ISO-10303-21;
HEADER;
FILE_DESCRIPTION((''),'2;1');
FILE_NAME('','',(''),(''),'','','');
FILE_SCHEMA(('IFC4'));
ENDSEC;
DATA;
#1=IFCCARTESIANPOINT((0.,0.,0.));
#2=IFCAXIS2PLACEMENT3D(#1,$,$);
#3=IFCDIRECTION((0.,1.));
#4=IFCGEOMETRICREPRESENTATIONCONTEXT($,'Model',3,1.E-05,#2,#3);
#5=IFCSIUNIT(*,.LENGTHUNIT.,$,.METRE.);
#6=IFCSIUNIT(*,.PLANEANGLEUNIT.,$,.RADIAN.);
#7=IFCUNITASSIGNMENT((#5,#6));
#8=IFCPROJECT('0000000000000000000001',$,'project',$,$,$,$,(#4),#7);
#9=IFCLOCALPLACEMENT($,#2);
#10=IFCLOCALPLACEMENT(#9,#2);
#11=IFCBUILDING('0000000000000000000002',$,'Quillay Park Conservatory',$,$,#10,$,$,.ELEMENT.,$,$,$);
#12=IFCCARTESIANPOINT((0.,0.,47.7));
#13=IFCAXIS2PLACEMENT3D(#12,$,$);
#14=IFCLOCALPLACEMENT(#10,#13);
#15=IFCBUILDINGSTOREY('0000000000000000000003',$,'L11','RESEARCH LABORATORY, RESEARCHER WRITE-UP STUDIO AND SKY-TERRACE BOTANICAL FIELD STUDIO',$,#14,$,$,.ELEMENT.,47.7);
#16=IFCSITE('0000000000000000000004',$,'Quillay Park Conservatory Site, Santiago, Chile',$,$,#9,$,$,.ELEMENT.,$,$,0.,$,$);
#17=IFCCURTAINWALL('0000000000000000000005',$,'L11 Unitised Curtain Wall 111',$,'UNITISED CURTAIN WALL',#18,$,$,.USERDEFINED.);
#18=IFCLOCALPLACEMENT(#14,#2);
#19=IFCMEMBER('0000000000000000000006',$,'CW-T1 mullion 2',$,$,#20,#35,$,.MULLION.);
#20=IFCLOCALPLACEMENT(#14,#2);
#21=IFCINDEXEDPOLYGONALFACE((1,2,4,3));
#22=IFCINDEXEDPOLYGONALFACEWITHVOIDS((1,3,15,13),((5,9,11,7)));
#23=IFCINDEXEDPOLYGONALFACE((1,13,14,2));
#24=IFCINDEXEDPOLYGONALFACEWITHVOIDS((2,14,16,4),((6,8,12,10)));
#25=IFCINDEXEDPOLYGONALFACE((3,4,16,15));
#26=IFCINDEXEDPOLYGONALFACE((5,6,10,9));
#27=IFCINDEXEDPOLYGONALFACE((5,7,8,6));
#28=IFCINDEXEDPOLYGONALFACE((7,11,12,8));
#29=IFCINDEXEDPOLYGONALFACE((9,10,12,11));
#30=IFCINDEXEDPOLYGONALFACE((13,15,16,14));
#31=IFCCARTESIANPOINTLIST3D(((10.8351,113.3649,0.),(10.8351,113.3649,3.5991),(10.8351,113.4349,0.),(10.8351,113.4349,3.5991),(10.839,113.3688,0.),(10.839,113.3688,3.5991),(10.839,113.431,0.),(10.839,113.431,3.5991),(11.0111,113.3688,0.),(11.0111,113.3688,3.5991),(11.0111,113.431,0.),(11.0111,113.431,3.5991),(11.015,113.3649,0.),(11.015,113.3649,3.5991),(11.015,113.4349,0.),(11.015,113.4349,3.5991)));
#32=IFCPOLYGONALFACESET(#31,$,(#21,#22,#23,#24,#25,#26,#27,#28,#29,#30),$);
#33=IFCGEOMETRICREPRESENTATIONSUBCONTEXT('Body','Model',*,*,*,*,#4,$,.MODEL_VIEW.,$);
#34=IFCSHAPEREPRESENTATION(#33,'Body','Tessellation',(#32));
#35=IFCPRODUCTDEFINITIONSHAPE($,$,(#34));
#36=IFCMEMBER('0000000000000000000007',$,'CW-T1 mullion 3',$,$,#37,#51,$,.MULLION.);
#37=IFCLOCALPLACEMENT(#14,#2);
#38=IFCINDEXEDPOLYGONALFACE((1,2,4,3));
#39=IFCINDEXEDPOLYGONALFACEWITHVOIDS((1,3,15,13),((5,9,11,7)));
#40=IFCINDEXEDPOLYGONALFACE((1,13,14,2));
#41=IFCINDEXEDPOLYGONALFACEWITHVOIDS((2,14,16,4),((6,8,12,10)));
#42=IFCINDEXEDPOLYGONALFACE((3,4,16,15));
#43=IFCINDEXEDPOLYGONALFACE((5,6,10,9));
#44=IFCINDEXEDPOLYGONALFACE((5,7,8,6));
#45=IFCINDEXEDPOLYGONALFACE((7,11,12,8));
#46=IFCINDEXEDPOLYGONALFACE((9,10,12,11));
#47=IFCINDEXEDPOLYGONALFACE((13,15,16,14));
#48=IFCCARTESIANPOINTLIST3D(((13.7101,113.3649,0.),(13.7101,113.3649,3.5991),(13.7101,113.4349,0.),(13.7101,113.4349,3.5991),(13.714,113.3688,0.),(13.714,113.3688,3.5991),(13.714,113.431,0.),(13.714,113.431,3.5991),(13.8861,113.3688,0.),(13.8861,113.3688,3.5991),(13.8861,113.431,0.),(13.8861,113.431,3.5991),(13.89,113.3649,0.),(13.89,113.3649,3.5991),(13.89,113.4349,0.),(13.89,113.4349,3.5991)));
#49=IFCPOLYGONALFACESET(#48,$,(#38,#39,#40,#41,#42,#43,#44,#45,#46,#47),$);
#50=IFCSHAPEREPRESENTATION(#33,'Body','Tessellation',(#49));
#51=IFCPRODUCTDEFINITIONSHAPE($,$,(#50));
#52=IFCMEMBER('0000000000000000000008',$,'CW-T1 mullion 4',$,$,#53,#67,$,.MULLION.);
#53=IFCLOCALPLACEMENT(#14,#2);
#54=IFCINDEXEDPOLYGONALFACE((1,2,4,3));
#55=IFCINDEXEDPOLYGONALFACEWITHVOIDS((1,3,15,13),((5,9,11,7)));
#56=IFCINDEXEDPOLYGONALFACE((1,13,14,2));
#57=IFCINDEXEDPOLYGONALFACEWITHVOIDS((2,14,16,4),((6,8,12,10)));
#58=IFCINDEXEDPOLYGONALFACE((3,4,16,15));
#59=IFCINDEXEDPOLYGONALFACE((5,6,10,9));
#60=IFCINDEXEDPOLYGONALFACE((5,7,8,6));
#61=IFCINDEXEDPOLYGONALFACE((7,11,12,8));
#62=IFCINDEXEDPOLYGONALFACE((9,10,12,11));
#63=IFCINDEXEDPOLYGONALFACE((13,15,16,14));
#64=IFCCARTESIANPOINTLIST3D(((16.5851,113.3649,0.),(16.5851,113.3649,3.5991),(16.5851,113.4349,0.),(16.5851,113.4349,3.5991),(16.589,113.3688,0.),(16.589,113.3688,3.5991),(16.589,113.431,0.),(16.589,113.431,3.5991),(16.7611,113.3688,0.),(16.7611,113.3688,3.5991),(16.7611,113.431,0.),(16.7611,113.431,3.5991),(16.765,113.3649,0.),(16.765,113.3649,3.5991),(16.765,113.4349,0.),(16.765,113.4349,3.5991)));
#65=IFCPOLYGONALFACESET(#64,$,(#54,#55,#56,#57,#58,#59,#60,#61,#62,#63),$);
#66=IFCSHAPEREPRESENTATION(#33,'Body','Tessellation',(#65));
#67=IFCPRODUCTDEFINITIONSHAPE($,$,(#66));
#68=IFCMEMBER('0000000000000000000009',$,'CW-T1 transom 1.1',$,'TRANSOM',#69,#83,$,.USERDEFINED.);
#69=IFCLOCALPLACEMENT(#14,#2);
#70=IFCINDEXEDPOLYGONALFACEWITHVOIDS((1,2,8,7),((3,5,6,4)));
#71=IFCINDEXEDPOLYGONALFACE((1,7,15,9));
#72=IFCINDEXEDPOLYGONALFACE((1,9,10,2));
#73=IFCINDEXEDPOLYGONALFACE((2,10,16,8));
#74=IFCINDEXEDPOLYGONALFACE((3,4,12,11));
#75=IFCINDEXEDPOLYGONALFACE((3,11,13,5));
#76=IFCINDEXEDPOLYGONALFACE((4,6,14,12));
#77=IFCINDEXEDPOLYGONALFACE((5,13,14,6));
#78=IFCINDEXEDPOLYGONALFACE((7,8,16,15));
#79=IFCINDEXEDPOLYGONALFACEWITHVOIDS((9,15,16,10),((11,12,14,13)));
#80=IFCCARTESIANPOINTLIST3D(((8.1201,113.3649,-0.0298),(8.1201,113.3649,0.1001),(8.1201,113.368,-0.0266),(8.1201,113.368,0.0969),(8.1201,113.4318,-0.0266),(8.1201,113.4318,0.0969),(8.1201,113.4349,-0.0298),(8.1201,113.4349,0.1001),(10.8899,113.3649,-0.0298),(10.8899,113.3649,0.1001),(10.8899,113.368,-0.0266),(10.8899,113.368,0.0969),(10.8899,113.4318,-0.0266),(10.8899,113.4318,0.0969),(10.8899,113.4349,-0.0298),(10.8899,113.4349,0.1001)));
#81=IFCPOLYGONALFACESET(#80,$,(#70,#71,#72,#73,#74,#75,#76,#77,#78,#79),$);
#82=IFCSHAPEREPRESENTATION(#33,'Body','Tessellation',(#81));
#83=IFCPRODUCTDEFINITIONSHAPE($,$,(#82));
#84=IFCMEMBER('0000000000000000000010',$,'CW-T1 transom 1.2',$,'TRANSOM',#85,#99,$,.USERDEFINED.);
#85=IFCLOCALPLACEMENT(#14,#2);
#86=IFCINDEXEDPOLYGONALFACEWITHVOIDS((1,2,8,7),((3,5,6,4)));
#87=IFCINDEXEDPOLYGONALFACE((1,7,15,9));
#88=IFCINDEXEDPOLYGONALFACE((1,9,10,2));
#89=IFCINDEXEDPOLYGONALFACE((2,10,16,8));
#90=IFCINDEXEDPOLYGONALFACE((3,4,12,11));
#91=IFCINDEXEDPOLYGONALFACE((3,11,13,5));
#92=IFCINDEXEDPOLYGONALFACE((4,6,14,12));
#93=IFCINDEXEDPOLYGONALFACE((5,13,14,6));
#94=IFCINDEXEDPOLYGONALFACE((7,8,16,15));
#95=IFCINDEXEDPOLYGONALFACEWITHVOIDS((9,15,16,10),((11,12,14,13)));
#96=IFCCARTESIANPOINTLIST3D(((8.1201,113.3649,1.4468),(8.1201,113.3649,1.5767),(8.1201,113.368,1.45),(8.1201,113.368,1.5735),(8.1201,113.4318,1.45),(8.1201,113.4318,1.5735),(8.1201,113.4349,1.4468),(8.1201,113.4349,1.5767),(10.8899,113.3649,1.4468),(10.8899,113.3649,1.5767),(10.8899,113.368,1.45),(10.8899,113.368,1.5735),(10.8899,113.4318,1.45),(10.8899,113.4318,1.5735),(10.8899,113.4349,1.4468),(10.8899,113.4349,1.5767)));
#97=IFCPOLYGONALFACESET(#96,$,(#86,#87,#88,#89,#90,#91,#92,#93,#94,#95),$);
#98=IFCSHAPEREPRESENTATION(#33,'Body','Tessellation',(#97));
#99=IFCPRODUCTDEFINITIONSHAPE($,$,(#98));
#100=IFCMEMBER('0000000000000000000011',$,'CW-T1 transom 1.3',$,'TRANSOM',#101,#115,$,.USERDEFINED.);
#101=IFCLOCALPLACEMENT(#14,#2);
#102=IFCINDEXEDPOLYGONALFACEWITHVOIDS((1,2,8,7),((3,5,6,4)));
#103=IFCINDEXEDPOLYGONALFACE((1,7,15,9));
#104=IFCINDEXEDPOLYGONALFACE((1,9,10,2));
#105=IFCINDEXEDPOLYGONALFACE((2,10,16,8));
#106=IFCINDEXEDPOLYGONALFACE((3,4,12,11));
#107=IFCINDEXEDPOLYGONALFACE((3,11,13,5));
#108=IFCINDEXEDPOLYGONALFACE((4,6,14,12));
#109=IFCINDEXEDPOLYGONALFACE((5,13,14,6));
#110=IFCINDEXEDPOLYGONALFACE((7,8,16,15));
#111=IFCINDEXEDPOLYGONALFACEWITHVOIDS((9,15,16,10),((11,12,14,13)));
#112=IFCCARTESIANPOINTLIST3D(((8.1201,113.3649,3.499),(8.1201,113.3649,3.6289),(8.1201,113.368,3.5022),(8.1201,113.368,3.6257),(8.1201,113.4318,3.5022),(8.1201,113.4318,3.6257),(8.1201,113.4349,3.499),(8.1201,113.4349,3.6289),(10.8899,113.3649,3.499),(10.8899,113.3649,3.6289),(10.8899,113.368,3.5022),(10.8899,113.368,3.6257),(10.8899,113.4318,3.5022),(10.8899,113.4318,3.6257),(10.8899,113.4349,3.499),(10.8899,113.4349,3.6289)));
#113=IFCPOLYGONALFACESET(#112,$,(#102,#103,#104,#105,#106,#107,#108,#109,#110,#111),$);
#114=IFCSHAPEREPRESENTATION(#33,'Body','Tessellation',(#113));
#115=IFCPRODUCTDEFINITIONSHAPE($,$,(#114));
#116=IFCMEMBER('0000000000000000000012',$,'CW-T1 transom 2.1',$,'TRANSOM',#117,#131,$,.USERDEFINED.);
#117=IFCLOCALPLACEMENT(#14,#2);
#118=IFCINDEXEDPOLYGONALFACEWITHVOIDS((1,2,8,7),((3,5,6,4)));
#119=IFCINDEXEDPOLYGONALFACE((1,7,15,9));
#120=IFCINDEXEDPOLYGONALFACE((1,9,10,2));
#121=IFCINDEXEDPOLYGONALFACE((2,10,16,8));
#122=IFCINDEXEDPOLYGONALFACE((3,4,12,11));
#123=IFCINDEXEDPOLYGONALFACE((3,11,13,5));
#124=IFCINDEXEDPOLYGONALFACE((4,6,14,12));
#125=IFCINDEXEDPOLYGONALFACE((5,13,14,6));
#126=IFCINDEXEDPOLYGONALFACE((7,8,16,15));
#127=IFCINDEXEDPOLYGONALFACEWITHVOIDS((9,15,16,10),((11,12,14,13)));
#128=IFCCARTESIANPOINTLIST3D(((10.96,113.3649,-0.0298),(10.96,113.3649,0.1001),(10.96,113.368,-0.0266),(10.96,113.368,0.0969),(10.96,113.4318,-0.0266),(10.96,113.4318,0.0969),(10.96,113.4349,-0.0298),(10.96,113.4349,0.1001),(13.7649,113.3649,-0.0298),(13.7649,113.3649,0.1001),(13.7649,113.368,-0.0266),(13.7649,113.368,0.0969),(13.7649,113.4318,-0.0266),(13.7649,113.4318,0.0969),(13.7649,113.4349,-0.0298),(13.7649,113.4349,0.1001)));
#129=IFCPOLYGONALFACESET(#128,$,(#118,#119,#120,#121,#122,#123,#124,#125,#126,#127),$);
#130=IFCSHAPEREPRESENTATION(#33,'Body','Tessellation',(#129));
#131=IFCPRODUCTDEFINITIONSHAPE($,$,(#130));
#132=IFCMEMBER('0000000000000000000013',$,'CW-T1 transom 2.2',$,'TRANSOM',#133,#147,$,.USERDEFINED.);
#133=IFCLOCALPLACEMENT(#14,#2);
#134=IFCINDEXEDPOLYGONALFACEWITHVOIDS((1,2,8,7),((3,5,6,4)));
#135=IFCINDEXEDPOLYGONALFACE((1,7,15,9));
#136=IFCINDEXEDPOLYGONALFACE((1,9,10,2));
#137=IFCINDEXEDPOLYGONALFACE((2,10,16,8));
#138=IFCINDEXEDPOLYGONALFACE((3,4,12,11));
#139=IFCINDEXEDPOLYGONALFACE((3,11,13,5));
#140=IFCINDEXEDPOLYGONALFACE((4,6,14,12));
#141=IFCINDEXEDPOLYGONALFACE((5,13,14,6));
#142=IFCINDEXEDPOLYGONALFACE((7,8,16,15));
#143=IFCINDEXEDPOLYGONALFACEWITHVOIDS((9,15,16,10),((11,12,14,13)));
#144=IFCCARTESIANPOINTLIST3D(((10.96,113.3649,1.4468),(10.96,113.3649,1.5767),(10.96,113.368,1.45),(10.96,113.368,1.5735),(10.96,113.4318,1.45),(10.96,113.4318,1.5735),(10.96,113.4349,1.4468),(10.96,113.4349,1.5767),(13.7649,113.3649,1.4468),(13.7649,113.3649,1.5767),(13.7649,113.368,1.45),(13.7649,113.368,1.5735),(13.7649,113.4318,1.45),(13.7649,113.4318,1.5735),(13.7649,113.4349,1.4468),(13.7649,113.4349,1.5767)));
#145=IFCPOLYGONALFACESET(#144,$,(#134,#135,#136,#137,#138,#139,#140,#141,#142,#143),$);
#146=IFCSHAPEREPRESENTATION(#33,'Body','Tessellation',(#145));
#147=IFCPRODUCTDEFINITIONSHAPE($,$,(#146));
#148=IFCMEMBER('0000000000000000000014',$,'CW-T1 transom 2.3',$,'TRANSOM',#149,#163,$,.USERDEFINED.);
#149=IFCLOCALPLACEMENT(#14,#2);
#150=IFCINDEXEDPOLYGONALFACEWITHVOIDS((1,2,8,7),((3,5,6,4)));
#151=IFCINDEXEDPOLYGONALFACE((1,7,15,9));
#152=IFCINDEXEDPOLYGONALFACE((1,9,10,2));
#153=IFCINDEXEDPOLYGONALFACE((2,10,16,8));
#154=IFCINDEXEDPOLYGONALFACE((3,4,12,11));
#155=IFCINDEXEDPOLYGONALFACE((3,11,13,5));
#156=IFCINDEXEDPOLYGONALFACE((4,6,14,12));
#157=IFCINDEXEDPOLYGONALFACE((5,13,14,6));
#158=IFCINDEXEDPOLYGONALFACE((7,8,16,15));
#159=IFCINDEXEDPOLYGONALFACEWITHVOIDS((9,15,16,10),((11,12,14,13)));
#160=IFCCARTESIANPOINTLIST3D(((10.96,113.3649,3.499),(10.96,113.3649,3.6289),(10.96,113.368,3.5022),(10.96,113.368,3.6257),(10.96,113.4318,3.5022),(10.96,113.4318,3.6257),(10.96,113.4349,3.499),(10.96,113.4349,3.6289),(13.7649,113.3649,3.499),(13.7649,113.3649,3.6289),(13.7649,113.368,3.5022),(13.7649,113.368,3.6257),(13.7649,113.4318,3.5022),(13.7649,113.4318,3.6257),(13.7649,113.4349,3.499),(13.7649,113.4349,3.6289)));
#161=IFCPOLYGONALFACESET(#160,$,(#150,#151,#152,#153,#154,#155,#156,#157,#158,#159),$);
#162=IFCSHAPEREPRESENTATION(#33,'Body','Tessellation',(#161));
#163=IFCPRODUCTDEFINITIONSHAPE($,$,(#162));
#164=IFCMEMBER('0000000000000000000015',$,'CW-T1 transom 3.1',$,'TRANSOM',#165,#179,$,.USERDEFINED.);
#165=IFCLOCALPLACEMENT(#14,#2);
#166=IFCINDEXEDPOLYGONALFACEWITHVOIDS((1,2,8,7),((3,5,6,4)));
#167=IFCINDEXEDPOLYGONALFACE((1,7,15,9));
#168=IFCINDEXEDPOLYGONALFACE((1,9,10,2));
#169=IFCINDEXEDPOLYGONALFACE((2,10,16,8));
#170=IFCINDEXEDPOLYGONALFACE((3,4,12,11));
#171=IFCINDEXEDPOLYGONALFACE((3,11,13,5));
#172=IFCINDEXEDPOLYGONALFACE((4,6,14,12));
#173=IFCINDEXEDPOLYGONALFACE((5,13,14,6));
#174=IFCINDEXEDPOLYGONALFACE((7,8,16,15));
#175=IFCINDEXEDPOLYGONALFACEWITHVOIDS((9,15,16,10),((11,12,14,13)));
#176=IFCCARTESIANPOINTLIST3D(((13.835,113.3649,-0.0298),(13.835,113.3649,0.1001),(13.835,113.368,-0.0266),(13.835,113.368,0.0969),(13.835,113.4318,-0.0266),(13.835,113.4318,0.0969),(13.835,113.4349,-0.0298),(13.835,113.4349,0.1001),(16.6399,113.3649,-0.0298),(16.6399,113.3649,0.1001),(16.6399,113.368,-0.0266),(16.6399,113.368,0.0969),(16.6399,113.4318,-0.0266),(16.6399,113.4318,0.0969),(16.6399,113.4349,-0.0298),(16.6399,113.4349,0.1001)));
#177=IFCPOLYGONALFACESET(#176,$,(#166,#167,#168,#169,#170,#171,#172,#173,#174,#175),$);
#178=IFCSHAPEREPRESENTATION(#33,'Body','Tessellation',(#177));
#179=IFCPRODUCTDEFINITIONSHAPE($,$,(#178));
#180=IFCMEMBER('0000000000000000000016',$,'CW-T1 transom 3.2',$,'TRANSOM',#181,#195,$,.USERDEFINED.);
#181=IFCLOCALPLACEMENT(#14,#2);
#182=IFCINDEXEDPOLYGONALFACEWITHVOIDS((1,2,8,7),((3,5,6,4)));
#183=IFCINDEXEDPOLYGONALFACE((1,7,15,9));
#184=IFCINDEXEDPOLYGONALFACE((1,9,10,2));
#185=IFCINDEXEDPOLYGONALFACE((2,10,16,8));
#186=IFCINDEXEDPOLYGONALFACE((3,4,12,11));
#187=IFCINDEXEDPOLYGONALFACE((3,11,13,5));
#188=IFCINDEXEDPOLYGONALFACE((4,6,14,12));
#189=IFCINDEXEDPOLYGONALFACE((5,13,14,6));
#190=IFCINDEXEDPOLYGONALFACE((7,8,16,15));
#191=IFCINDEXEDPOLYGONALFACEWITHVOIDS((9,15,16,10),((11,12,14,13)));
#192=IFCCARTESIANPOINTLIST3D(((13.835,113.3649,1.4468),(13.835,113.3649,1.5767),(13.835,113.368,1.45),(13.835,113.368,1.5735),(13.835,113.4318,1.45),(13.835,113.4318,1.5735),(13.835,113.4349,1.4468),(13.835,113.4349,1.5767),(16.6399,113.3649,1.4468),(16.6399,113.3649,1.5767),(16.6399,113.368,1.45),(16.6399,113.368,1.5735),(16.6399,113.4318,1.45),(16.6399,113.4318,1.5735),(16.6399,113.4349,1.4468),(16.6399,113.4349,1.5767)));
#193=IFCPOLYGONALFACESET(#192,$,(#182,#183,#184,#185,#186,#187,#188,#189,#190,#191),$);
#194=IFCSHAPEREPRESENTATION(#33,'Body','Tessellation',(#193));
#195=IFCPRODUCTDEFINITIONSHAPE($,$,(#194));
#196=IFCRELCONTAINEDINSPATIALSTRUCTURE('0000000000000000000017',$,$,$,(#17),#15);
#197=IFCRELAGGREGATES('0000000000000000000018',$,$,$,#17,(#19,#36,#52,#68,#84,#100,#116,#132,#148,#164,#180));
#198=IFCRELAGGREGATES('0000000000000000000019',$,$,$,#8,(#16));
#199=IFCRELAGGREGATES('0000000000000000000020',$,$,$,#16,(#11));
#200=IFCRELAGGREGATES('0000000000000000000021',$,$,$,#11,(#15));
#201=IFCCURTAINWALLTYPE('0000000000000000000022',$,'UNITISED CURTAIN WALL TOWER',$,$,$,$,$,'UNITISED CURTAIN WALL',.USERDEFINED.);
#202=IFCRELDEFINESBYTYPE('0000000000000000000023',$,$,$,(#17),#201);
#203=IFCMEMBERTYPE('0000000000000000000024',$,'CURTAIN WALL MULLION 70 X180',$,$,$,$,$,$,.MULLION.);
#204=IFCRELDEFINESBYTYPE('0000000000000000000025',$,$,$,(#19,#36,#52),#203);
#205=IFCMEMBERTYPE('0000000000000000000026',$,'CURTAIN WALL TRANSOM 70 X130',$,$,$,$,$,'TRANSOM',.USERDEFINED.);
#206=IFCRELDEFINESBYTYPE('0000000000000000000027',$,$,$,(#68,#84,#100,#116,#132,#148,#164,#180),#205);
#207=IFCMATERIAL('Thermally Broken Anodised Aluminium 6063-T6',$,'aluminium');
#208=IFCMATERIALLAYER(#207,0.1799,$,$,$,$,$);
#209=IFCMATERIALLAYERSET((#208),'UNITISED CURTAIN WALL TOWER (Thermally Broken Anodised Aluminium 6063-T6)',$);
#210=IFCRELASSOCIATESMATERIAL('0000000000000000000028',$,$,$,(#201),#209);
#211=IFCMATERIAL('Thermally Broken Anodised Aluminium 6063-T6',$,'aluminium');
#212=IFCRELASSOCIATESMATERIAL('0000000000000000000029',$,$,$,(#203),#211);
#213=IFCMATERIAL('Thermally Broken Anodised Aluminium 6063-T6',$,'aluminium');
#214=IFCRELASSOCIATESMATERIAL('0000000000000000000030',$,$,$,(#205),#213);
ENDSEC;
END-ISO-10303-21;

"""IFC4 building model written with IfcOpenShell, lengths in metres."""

from ifc_helpers import new_model, si_unit, direction, frame, origin, origin_2d, place, context, subcontext, project, spatial, hollow_rectangle, extrude, material, layer, layer_set, material_profile, profile_set, type_object, element, aggregate, save


model = new_model("IFC4")

# Units and contexts
model_context = context("Model", 3, precision=1e-05, world=origin(), true_north=direction((0.0, 1.0)))
body_context = subcontext(model_context, "Body", "Model", "MODEL_VIEW")
ifc_project = project(units=[si_unit("LENGTHUNIT", "METRE"), si_unit("PLANEANGLEUNIT", "RADIAN")], contexts=[model_context])

# Site, building, storey
site_placement = place(None, origin())
site = spatial("IfcSite", under=ifc_project, at=site_placement, Name="Quillay Park Conservatory Site, Santiago, Chile", CompositionType="ELEMENT", RefElevation=0.0)
building_placement = place(site_placement, origin())
building = spatial("IfcBuilding", under=site, at=building_placement, Name="Quillay Park Conservatory", CompositionType="ELEMENT")
storey_placement = place(building_placement, frame((0.0, 0.0, 47.7)))
storey = spatial("IfcBuildingStorey", under=building, at=storey_placement, Name="L11", Description="RESEARCH LABORATORY, RESEARCHER WRITE-UP STUDIO AND SKY-TERRACE BOTANICAL FIELD STUDIO", CompositionType="ELEMENT", Elevation=47.7)

# Curtain wall, members
ifc_material_1 = material(Name="Thermally Broken Anodised Aluminium 6063-T6", Category="aluminium")
ifc_layer_1 = layer(ifc_material_1, 0.1799)
ifc_layer_set_1 = layer_set([ifc_layer_1], Name="UNITISED CURTAIN WALL TOWER (Thermally Broken Anodised Aluminium 6063-T6)")
curtain_wall_type = type_object("IfcCurtainWallType", Name="UNITISED CURTAIN WALL TOWER", ElementType="UNITISED CURTAIN WALL", PredefinedType="USERDEFINED", material=ifc_layer_set_1)
curtain_wall_placement = place(storey_placement, origin())
curtain_wall = element("IfcCurtainWall", 1, at=curtain_wall_placement, inside=storey, type_object=curtain_wall_type, Name="L11 Unitised Curtain Wall 111", ObjectType="UNITISED CURTAIN WALL", PredefinedType="USERDEFINED")
ifc_material_2 = material(Name="Thermally Broken Anodised Aluminium 6063-T6", Category="aluminium")
ifc_material_profile_1 = material_profile(ifc_material_2, hollow_rectangle(XDim=0.0701, YDim=0.1799, WallThickness=0.0039, at=origin_2d()), Name="AL70x180x4")
ifc_profile_set_1 = profile_set([ifc_material_profile_1], Name="Thermally Broken Anodised Aluminium 6063-T6")
member_type_1 = type_object("IfcMemberType", Name="CURTAIN WALL MULLION 70 X180", PredefinedType="MULLION", material=ifc_profile_set_1)
member_1_placement = place(storey_placement, frame((10.925, 113.3999, 0.0), z_axis=(0.0, 0.0, 1.0), x_axis=(0.0, 1.0, 0.0)))
member_1 = element("IfcMember", 2, at=member_1_placement, type_object=member_type_1, Name="CW-T1 mullion 2", PredefinedType="MULLION", context=body_context, shape_type="SweptSolid", body=[
    extrude(hollow_rectangle(XDim=0.0701, YDim=0.1799, WallThickness=0.0039, at=origin_2d()), origin(), (0.0, 0.0, 1.0), 3.5991),
])
member_2_placement = place(storey_placement, frame((13.8, 113.3999, 0.0), z_axis=(0.0, 0.0, 1.0), x_axis=(0.0, 1.0, 0.0)))
member_2 = element("IfcMember", 3, at=member_2_placement, type_object=member_type_1, Name="CW-T1 mullion 3", PredefinedType="MULLION", context=body_context, shape_type="SweptSolid", body=[
    extrude(hollow_rectangle(XDim=0.0701, YDim=0.1799, WallThickness=0.0039, at=origin_2d()), origin(), (0.0, 0.0, 1.0), 3.5991),
])
member_3_placement = place(storey_placement, frame((16.675, 113.3999, 0.0), z_axis=(0.0, 0.0, 1.0), x_axis=(0.0, 1.0, 0.0)))
member_3 = element("IfcMember", 4, at=member_3_placement, type_object=member_type_1, Name="CW-T1 mullion 4", PredefinedType="MULLION", context=body_context, shape_type="SweptSolid", body=[
    extrude(hollow_rectangle(XDim=0.0701, YDim=0.1799, WallThickness=0.0039, at=origin_2d()), origin(), (0.0, 0.0, 1.0), 3.5991),
])
ifc_material_3 = material(Name="Thermally Broken Anodised Aluminium 6063-T6", Category="aluminium")
ifc_material_profile_2 = material_profile(ifc_material_3, hollow_rectangle(XDim=0.0701, YDim=0.1299, WallThickness=0.0032, at=origin_2d()), Name="AL70x130x3.2")
ifc_profile_set_2 = profile_set([ifc_material_profile_2], Name="Thermally Broken Anodised Aluminium 6063-T6")
member_type_2 = type_object("IfcMemberType", Name="CURTAIN WALL TRANSOM 70 X130", ElementType="TRANSOM", PredefinedType="USERDEFINED", material=ifc_profile_set_2)
member_4_placement = place(storey_placement, frame((8.1201, 113.3999, 0.0352), z_axis=(1.0, 0.0, 0.0), x_axis=(0.0, 1.0, 0.0)))
member_4 = element("IfcMember", 5, at=member_4_placement, type_object=member_type_2, Name="CW-T1 transom 1.1", ObjectType="TRANSOM", PredefinedType="USERDEFINED", context=body_context, shape_type="SweptSolid", body=[
    extrude(hollow_rectangle(XDim=0.0701, YDim=0.1299, WallThickness=0.0032, at=origin_2d()), origin(), (0.0, 0.0, 1.0), 2.7698),
])
member_5_placement = place(storey_placement, frame((8.1201, 113.3999, 1.5117), z_axis=(1.0, 0.0, 0.0), x_axis=(0.0, 1.0, 0.0)))
member_5 = element("IfcMember", 6, at=member_5_placement, type_object=member_type_2, Name="CW-T1 transom 1.2", ObjectType="TRANSOM", PredefinedType="USERDEFINED", context=body_context, shape_type="SweptSolid", body=[
    extrude(hollow_rectangle(XDim=0.0701, YDim=0.1299, WallThickness=0.0032, at=origin_2d()), origin(), (0.0, 0.0, 1.0), 2.7698),
])
member_6_placement = place(storey_placement, frame((8.1201, 113.3999, 3.564), z_axis=(1.0, 0.0, 0.0), x_axis=(0.0, 1.0, 0.0)))
member_6 = element("IfcMember", 7, at=member_6_placement, type_object=member_type_2, Name="CW-T1 transom 1.3", ObjectType="TRANSOM", PredefinedType="USERDEFINED", context=body_context, shape_type="SweptSolid", body=[
    extrude(hollow_rectangle(XDim=0.0701, YDim=0.1299, WallThickness=0.0032, at=origin_2d()), origin(), (0.0, 0.0, 1.0), 2.7698),
])
member_7_placement = place(storey_placement, frame((10.96, 113.3999, 0.0352), z_axis=(1.0, 0.0, 0.0), x_axis=(0.0, 1.0, 0.0)))
member_7 = element("IfcMember", 8, at=member_7_placement, type_object=member_type_2, Name="CW-T1 transom 2.1", ObjectType="TRANSOM", PredefinedType="USERDEFINED", context=body_context, shape_type="SweptSolid", body=[
    extrude(hollow_rectangle(XDim=0.0701, YDim=0.1299, WallThickness=0.0032, at=origin_2d()), origin(), (0.0, 0.0, 1.0), 2.8049),
])
member_8_placement = place(storey_placement, frame((10.96, 113.3999, 1.5117), z_axis=(1.0, 0.0, 0.0), x_axis=(0.0, 1.0, 0.0)))
member_8 = element("IfcMember", 9, at=member_8_placement, type_object=member_type_2, Name="CW-T1 transom 2.2", ObjectType="TRANSOM", PredefinedType="USERDEFINED", context=body_context, shape_type="SweptSolid", body=[
    extrude(hollow_rectangle(XDim=0.0701, YDim=0.1299, WallThickness=0.0032, at=origin_2d()), origin(), (0.0, 0.0, 1.0), 2.8049),
])
member_9_placement = place(storey_placement, frame((10.96, 113.3999, 3.564), z_axis=(1.0, 0.0, 0.0), x_axis=(0.0, 1.0, 0.0)))
member_9 = element("IfcMember", 10, at=member_9_placement, type_object=member_type_2, Name="CW-T1 transom 2.3", ObjectType="TRANSOM", PredefinedType="USERDEFINED", context=body_context, shape_type="SweptSolid", body=[
    extrude(hollow_rectangle(XDim=0.0701, YDim=0.1299, WallThickness=0.0032, at=origin_2d()), origin(), (0.0, 0.0, 1.0), 2.8049),
])
member_10_placement = place(storey_placement, frame((13.835, 113.3999, 0.0352), z_axis=(1.0, 0.0, 0.0), x_axis=(0.0, 1.0, 0.0)))
member_10 = element("IfcMember", 11, at=member_10_placement, type_object=member_type_2, Name="CW-T1 transom 3.1", ObjectType="TRANSOM", PredefinedType="USERDEFINED", context=body_context, shape_type="SweptSolid", body=[
    extrude(hollow_rectangle(XDim=0.0701, YDim=0.1299, WallThickness=0.0032, at=origin_2d()), origin(), (0.0, 0.0, 1.0), 2.8049),
])
member_11_placement = place(storey_placement, frame((13.835, 113.3999, 1.5117), z_axis=(1.0, 0.0, 0.0), x_axis=(0.0, 1.0, 0.0)))
member_11 = element("IfcMember", 12, at=member_11_placement, type_object=member_type_2, Name="CW-T1 transom 3.2", ObjectType="TRANSOM", PredefinedType="USERDEFINED", context=body_context, shape_type="SweptSolid", body=[
    extrude(hollow_rectangle(XDim=0.0701, YDim=0.1299, WallThickness=0.0032, at=origin_2d()), origin(), (0.0, 0.0, 1.0), 2.8049),
])
aggregate(curtain_wall, [member_1, member_2, member_3, member_4, member_5, member_6, member_7, member_8, member_9, member_10, member_11])

save(model, "model.ifc")
